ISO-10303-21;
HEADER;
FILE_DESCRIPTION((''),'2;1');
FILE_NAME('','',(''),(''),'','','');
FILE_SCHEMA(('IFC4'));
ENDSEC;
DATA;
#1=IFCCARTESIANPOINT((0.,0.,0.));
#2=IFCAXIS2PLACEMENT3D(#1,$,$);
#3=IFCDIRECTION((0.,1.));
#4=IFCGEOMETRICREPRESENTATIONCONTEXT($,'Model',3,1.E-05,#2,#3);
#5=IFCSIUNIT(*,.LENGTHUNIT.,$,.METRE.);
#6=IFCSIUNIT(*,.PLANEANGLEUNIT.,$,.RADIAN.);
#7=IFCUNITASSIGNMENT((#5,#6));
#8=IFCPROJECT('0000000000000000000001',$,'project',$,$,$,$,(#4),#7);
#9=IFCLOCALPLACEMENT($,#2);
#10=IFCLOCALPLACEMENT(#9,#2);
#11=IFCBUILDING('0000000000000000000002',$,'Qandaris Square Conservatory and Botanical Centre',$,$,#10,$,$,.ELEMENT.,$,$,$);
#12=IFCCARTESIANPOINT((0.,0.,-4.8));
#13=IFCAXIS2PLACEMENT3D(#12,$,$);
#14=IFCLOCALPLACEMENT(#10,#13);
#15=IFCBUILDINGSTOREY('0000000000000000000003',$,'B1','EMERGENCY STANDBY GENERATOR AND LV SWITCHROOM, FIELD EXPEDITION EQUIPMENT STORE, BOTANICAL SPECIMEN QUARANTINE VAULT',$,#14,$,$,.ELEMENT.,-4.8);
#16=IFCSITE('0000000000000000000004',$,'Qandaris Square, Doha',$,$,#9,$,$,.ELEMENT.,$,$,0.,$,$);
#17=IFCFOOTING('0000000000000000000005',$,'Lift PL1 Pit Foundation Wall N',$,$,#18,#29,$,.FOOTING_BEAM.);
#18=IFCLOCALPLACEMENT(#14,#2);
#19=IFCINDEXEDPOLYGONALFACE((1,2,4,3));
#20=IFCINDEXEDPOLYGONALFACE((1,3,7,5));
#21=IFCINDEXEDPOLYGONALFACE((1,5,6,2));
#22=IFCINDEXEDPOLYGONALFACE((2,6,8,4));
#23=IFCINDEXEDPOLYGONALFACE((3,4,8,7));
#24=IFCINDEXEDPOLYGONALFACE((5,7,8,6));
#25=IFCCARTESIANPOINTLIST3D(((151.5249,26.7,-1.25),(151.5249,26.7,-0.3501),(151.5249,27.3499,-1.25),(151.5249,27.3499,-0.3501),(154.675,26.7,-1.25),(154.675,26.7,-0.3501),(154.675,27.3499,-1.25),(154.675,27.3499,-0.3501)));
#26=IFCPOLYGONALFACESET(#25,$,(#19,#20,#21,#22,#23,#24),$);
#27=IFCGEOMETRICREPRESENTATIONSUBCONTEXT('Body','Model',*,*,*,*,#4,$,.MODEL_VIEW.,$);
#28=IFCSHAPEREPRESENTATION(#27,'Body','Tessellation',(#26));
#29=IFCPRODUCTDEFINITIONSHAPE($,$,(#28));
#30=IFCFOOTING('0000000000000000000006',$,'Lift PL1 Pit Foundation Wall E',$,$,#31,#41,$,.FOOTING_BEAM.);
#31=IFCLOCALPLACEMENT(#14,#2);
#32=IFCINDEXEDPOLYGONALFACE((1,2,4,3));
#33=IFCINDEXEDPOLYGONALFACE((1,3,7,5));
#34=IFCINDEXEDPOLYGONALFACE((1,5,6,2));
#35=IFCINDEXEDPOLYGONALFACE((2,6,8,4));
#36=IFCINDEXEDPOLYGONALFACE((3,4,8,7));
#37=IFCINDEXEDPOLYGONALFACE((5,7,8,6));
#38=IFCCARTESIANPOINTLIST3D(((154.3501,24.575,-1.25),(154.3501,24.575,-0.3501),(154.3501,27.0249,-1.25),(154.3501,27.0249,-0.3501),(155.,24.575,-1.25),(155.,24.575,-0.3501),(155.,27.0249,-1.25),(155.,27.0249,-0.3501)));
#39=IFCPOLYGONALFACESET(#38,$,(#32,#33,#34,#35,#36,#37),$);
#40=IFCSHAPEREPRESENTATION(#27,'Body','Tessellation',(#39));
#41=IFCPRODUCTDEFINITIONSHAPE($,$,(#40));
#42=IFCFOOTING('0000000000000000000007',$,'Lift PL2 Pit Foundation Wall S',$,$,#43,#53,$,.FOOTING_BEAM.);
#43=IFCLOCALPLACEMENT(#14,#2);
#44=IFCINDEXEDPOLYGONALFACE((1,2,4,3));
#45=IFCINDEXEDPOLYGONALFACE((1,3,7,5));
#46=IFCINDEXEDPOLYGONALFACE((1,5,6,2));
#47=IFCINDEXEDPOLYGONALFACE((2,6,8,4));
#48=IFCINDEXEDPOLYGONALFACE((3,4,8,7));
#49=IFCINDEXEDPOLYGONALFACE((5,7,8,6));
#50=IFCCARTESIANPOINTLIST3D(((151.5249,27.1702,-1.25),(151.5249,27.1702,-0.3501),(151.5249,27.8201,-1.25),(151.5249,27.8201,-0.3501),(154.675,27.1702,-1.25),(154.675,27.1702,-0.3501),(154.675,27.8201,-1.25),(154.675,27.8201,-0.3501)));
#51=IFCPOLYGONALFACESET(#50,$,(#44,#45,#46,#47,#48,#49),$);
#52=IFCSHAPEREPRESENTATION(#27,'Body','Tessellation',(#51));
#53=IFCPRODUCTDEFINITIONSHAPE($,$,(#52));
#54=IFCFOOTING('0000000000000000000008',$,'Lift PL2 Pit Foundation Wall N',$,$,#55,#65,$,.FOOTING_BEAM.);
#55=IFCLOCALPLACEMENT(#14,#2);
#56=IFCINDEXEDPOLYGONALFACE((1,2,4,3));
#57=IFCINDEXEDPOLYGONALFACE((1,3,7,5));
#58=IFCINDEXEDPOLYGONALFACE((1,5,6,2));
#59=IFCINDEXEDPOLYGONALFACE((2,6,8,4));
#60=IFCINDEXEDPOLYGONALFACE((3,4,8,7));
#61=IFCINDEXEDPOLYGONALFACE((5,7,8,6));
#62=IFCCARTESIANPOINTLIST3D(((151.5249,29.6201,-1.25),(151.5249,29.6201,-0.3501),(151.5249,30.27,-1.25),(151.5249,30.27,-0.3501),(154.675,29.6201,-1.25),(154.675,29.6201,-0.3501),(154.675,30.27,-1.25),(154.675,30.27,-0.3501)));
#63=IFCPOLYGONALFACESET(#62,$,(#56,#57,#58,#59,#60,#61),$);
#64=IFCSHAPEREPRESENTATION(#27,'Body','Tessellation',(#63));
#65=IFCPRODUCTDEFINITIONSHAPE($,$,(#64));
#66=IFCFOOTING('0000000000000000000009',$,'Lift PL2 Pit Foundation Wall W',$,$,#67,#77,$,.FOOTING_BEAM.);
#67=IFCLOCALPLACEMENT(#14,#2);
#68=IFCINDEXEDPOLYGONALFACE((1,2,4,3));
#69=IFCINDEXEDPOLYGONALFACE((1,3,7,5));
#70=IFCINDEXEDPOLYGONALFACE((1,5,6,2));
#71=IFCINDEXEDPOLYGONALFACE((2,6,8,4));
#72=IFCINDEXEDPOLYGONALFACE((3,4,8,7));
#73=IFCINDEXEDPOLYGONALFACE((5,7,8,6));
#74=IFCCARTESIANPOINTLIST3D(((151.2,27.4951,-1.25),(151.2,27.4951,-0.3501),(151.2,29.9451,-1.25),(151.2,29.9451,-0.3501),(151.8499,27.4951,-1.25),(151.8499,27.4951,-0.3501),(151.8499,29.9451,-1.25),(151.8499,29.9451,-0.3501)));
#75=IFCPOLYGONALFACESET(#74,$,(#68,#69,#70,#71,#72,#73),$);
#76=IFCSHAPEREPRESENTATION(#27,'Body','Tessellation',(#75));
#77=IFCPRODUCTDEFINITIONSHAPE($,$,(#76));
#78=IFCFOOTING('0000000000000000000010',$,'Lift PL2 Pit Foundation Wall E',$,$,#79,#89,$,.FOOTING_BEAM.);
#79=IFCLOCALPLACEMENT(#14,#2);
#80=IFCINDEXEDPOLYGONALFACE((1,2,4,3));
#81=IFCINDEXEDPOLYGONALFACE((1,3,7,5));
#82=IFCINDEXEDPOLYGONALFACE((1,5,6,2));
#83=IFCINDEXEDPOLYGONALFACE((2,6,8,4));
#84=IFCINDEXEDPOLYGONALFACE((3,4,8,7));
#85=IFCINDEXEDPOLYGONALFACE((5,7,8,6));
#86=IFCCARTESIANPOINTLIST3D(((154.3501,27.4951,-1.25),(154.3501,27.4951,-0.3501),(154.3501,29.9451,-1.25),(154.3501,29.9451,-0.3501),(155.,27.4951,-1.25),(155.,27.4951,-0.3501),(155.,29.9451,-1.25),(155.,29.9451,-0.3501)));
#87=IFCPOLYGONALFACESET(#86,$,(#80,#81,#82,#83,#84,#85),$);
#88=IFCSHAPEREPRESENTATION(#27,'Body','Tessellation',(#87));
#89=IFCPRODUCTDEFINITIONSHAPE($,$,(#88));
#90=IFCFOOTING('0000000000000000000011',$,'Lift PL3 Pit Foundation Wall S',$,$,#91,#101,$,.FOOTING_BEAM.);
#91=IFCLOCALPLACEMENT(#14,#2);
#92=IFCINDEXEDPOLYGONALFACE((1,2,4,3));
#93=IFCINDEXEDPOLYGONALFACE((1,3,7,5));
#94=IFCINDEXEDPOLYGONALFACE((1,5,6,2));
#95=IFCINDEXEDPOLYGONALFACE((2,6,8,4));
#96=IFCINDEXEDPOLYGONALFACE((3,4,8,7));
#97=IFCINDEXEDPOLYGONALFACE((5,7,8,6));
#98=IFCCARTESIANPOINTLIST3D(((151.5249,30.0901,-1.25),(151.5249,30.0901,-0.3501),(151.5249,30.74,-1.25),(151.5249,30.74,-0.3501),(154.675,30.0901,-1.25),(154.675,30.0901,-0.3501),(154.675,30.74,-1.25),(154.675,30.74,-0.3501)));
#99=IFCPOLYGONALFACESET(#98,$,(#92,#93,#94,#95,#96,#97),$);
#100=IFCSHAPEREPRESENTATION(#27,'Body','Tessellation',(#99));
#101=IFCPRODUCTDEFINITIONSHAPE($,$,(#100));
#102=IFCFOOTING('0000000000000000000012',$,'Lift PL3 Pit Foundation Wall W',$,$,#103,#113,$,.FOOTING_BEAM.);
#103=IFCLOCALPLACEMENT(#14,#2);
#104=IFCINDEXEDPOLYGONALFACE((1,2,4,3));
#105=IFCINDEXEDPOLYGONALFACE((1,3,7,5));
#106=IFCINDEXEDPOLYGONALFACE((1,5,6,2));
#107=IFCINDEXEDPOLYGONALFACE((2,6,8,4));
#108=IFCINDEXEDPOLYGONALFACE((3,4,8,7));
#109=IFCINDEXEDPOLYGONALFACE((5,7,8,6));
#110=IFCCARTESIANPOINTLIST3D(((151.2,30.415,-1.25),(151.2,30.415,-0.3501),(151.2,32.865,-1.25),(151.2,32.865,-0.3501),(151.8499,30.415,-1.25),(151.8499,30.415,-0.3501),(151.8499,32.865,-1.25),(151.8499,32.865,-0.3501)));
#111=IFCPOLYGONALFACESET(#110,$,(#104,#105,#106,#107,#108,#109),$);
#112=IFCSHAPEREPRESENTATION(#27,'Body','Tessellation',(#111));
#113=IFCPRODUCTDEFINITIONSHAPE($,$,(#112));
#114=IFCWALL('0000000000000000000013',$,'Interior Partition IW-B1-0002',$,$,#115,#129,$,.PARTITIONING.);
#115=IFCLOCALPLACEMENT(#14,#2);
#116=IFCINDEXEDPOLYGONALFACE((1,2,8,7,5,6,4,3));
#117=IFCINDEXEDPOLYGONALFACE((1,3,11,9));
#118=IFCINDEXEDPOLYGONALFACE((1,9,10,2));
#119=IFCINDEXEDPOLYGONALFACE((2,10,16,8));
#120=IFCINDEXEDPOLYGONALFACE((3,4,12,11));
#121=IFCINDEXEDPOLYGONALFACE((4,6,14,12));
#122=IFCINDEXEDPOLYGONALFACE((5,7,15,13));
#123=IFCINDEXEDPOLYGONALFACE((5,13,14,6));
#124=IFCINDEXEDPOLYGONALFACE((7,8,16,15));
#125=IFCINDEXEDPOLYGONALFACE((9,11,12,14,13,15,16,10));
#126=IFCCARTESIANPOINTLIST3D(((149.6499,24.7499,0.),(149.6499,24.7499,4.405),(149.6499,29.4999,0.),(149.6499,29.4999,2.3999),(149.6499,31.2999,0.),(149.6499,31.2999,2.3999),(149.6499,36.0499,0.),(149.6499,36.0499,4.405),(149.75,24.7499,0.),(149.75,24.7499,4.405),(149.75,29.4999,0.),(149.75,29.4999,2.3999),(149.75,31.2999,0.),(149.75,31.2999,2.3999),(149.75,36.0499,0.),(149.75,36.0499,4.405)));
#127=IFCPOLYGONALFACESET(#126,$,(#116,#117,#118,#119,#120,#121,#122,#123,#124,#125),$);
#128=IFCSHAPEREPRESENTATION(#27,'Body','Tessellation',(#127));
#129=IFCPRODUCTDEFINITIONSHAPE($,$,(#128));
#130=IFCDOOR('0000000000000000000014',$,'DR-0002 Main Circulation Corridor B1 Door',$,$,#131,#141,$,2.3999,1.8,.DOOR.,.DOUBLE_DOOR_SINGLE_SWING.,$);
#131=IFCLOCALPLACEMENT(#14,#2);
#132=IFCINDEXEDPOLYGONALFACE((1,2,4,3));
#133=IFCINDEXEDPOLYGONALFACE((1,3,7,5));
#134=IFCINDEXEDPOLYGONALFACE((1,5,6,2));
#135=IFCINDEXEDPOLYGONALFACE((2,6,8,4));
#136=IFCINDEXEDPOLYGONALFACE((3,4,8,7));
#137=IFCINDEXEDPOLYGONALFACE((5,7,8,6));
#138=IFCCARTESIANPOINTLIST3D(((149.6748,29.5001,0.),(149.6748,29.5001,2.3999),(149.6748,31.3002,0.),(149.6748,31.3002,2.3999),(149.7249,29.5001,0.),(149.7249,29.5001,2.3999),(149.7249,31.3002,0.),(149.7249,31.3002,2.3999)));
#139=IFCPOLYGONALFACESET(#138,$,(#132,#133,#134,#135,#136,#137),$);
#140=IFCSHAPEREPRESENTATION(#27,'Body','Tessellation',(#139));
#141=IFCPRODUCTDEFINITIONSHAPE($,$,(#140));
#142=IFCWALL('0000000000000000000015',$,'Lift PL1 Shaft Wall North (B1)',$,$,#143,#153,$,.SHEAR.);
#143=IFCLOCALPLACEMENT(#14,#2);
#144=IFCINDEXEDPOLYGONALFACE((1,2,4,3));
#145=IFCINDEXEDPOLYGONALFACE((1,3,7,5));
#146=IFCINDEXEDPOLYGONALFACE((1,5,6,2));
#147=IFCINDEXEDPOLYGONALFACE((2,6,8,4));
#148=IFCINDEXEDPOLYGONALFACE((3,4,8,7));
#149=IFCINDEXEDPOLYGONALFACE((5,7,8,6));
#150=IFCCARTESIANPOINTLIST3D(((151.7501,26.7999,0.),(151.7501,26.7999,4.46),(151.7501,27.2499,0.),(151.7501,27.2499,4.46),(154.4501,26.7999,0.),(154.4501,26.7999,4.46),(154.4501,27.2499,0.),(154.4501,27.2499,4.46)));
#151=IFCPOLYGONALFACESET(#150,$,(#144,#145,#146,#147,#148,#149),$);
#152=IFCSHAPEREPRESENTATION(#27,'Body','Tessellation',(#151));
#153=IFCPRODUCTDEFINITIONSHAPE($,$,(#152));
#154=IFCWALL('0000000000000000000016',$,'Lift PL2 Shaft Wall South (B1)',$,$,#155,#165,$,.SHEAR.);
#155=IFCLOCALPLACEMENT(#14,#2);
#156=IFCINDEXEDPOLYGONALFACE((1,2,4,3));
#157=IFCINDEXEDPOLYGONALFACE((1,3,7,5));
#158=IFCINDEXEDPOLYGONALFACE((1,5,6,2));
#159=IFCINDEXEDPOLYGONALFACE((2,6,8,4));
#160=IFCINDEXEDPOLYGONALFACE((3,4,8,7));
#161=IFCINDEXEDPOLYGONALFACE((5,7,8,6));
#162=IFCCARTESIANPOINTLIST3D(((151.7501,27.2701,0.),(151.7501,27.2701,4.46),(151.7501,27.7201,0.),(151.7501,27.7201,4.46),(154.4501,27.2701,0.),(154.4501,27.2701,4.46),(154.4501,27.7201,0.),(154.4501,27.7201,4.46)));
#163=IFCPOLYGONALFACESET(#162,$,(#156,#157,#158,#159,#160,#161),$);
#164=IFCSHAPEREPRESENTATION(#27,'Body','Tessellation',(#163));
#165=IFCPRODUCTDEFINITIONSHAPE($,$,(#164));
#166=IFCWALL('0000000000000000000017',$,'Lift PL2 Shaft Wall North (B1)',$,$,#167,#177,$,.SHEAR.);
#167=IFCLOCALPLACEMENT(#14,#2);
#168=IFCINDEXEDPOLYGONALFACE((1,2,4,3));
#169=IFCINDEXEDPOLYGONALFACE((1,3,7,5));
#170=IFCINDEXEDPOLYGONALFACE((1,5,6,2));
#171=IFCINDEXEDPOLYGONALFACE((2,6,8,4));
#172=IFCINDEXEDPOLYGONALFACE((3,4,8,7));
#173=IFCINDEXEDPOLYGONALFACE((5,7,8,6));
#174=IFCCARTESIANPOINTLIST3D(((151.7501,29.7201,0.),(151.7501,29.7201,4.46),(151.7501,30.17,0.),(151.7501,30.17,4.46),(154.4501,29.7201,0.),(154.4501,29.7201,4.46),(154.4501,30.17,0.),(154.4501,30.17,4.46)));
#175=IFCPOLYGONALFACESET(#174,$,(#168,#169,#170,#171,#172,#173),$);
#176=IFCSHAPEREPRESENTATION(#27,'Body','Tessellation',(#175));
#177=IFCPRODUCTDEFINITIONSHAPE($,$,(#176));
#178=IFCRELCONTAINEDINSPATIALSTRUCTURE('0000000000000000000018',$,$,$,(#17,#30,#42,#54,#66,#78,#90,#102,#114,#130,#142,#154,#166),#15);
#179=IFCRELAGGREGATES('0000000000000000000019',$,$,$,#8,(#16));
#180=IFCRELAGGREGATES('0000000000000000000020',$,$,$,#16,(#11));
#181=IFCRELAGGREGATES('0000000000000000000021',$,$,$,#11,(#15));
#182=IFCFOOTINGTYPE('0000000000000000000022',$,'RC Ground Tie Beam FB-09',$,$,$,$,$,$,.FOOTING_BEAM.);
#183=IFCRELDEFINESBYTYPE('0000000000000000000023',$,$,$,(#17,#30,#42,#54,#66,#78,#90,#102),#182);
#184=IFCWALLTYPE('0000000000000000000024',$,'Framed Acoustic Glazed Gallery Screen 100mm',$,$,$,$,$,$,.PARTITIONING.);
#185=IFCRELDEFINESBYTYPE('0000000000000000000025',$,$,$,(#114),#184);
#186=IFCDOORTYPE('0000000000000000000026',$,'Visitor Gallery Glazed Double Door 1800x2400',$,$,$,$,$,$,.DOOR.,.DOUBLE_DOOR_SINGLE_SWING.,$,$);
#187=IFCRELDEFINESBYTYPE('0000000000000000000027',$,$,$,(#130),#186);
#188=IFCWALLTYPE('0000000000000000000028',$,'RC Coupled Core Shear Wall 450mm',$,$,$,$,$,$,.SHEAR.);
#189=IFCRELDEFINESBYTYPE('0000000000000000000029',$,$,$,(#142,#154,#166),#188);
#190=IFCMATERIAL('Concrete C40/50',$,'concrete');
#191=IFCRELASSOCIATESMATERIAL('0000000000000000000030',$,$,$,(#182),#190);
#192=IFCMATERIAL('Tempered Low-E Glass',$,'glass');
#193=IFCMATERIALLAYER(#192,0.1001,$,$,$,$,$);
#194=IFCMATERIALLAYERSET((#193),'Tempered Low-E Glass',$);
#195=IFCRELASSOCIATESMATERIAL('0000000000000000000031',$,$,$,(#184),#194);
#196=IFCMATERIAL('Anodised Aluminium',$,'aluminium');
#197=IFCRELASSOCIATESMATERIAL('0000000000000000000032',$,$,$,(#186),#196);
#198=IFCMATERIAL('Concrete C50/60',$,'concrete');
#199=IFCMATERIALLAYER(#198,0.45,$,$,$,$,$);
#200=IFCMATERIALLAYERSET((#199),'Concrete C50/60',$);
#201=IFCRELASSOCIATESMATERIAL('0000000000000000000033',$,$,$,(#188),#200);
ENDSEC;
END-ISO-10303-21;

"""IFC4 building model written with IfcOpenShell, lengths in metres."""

from ifc_helpers import new_model, si_unit, direction, frame, frame_2d, origin, origin_2d, place, context, subcontext, project, spatial, rectangle, extrude, material, layer, layer_set, material_profile, profile_set, type_object, element, fill, save


model = new_model("IFC4")

# Units and contexts
model_context = context("Model", 3, precision=1e-05, world=origin(), true_north=direction((0.0, 1.0)))
body_context = subcontext(model_context, "Body", "Model", "MODEL_VIEW")
ifc_project = project(units=[si_unit("LENGTHUNIT", "METRE"), si_unit("PLANEANGLEUNIT", "RADIAN")], contexts=[model_context])

# Site, building, storey
site_placement = place(None, origin())
site = spatial("IfcSite", under=ifc_project, at=site_placement, Name="Qandaris Square, Doha", CompositionType="ELEMENT", RefElevation=0.0)
building_placement = place(site_placement, origin())
building = spatial("IfcBuilding", under=site, at=building_placement, Name="Qandaris Square Conservatory and Botanical Centre", CompositionType="ELEMENT")
storey_placement = place(building_placement, frame((0.0, 0.0, -4.8)))
storey = spatial("IfcBuildingStorey", under=building, at=storey_placement, Name="B1", Description="EMERGENCY STANDBY GENERATOR AND LV SWITCHROOM, FIELD EXPEDITION EQUIPMENT STORE, BOTANICAL SPECIMEN QUARANTINE VAULT", CompositionType="ELEMENT", Elevation=-4.8)

# Shared definitions
ifc_material_1 = material(Name="Concrete C50/60", Category="concrete")

# Footings
ifc_material_2 = material(Name="Concrete C40/50", Category="concrete")
ifc_material_profile_1 = material_profile(ifc_material_2, rectangle(XDim=0.6499, YDim=0.8999, at=origin_2d()), Name="FB 650x900")
ifc_profile_set_1 = profile_set([ifc_material_profile_1], Name="Concrete C40/50")
footing_type = type_object("IfcFootingType", Name="RC Ground Tie Beam FB-09", PredefinedType="FOOTING_BEAM", material=ifc_profile_set_1)
footing_1_placement = place(storey_placement, frame((151.5249, 27.0249, -0.8), z_axis=(1.0, 0.0, 0.0), x_axis=(0.0, 1.0, 0.0)))
element("IfcFooting", 1, at=footing_1_placement, inside=storey, type_object=footing_type, Name="Lift PL1 Pit Foundation Wall N", PredefinedType="FOOTING_BEAM", context=body_context, shape_type="SweptSolid", body=[
    extrude(rectangle(XDim=0.6499, YDim=0.8999, at=origin_2d()), origin(), (0.0, 0.0, 1.0), 3.1501),
])
footing_2_placement = place(storey_placement, frame((154.675, 24.575, -0.8), z_axis=(0.0, 1.0, 0.0), x_axis=(-1.0, 0.0, 0.0)))
element("IfcFooting", 2, at=footing_2_placement, inside=storey, type_object=footing_type, Name="Lift PL1 Pit Foundation Wall E", PredefinedType="FOOTING_BEAM", context=body_context, shape_type="SweptSolid", body=[
    extrude(rectangle(XDim=0.6499, YDim=0.8999, at=origin_2d()), origin(), (0.0, 0.0, 1.0), 2.45),
])
for number, where, z_axis, x_axis, name in (
    (3, (151.5249, 27.4951, -0.8), (1.0, 0.0, 0.0), (0.0, 1.0, 0.0), "Lift PL2 Pit Foundation Wall S"),
    (4, (151.5249, 29.9451, -0.8), (1.0, 0.0, 0.0), (0.0, 1.0, 0.0), "Lift PL2 Pit Foundation Wall N"),
):
    element("IfcFooting", number, at=place(storey_placement, frame(where, z_axis=z_axis, x_axis=x_axis)), inside=storey, type_object=footing_type, Name=name, PredefinedType="FOOTING_BEAM", context=body_context, shape_type="SweptSolid", body=[
        extrude(rectangle(XDim=0.6499, YDim=0.8999, at=origin_2d()), origin(), (0.0, 0.0, 1.0), 3.1501),
    ])
for number, where, z_axis, x_axis, name in (
    (5, (151.5249, 27.4951, -0.8), (0.0, 1.0, 0.0), (-1.0, 0.0, 0.0), "Lift PL2 Pit Foundation Wall W"),
    (6, (154.675, 27.4951, -0.8), (0.0, 1.0, 0.0), (-1.0, 0.0, 0.0), "Lift PL2 Pit Foundation Wall E"),
):
    element("IfcFooting", number, at=place(storey_placement, frame(where, z_axis=z_axis, x_axis=x_axis)), inside=storey, type_object=footing_type, Name=name, PredefinedType="FOOTING_BEAM", context=body_context, shape_type="SweptSolid", body=[
        extrude(rectangle(XDim=0.6499, YDim=0.8999, at=origin_2d()), origin(), (0.0, 0.0, 1.0), 2.45),
    ])
footing_3_placement = place(storey_placement, frame((151.5249, 30.415, -0.8), z_axis=(1.0, 0.0, 0.0), x_axis=(0.0, 1.0, 0.0)))
element("IfcFooting", 7, at=footing_3_placement, inside=storey, type_object=footing_type, Name="Lift PL3 Pit Foundation Wall S", PredefinedType="FOOTING_BEAM", context=body_context, shape_type="SweptSolid", body=[
    extrude(rectangle(XDim=0.6499, YDim=0.8999, at=origin_2d()), origin(), (0.0, 0.0, 1.0), 3.1501),
])
footing_4_placement = place(storey_placement, frame((151.5249, 30.415, -0.8), z_axis=(0.0, 1.0, 0.0), x_axis=(-1.0, 0.0, 0.0)))
element("IfcFooting", 8, at=footing_4_placement, inside=storey, type_object=footing_type, Name="Lift PL3 Pit Foundation Wall W", PredefinedType="FOOTING_BEAM", context=body_context, shape_type="SweptSolid", body=[
    extrude(rectangle(XDim=0.6499, YDim=0.8999, at=origin_2d()), origin(), (0.0, 0.0, 1.0), 2.45),
])

# Wall, opening, door
ifc_material_3 = material(Name="Tempered Low-E Glass", Category="glass")
ifc_layer_1 = layer(ifc_material_3, 0.1001)
ifc_layer_set_1 = layer_set([ifc_layer_1], Name="Tempered Low-E Glass")
wall_type_1 = type_object("IfcWallType", Name="Framed Acoustic Glazed Gallery Screen 100mm", PredefinedType="PARTITIONING", material=ifc_layer_set_1)
wall_1_placement = place(storey_placement, frame((149.7, 24.75, 0.0), z_axis=(0.0, 0.0, 1.0), x_axis=(0.0, 1.0, 0.0)))
wall_1 = element("IfcWall", 9, at=wall_1_placement, inside=storey, type_object=wall_type_1, Name="Interior Partition IW-B1-0002", PredefinedType="PARTITIONING", context=body_context, shape_type="SweptSolid", body=[
    extrude(rectangle(XDim=11.3, YDim=0.1001, at=frame_2d((5.6499, 0.0))), origin(), (0.0, 0.0, 1.0), 4.405),
])
opening_1_placement = place(wall_1_placement, frame((4.75, 0.0, 0.0)))
opening_1 = element("IfcOpeningElement", 10, at=opening_1_placement, cuts=wall_1, PredefinedType="OPENING", context=body_context, shape_type="SweptSolid", body=[
    extrude(rectangle(XDim=1.8, YDim=2.3999, at=frame_2d((0.8999, 1.2))), frame((0.0, 0.062, 0.0), z_axis=(0.0, -1.0, 0.0), x_axis=(1.0, 0.0, 0.0)), (0.0, 0.0, 1.0), 0.124),
])
ifc_material_4 = material(Name="Anodised Aluminium", Category="aluminium")
door_type_1 = type_object("IfcDoorType", Name="Visitor Gallery Glazed Double Door 1800x2400", OperationType="DOUBLE_DOOR_SINGLE_SWING", PredefinedType="DOOR", material=ifc_material_4)
door_1_placement = place(opening_1_placement, frame((1.8, 0.0, 0.0), z_axis=(0.0, 0.0, 1.0), x_axis=(-1.0, 0.0, 0.0)))
door_1 = element("IfcDoor", 11, at=door_1_placement, inside=storey, type_object=door_type_1, Name="DR-0002 Main Circulation Corridor B1 Door", OperationType="DOUBLE_DOOR_SINGLE_SWING", OverallHeight=2.3999, OverallWidth=1.8, PredefinedType="DOOR", context=body_context, shape_type="SweptSolid", body=[
    extrude(rectangle(XDim=1.8, YDim=2.3999, at=frame_2d((0.8999, 1.2))), frame((0.0, 0.0249, 0.0), z_axis=(0.0, -1.0, 0.0), x_axis=(1.0, 0.0, 0.0)), (0.0, 0.0, 1.0), 0.05),
])
fill(opening_1, door_1)

# Walls
ifc_layer_2 = layer(ifc_material_1, 0.45)
ifc_layer_set_2 = layer_set([ifc_layer_2], Name="Concrete C50/60")
wall_type_2 = type_object("IfcWallType", Name="RC Coupled Core Shear Wall 450mm", PredefinedType="SHEAR", material=ifc_layer_set_2)
for number, where, z_axis, x_axis, name in (
    (12, (151.75, 27.0249, 0.0), (0.0, 0.0, 1.0), (1.0, 0.0, 0.0), "Lift PL1 Shaft Wall North (B1)"),
    (13, (151.75, 27.4951, 0.0), (0.0, 0.0, 1.0), (1.0, 0.0, 0.0), "Lift PL2 Shaft Wall South (B1)"),
    (14, (151.75, 29.9451, 0.0), (0.0, 0.0, 1.0), (1.0, 0.0, 0.0), "Lift PL2 Shaft Wall North (B1)"),
):
    element("IfcWall", number, at=place(storey_placement, frame(where, z_axis=z_axis, x_axis=x_axis)), inside=storey, type_object=wall_type_2, Name=name, PredefinedType="SHEAR", context=body_context, shape_type="SweptSolid", body=[
        extrude(rectangle(XDim=2.7, YDim=0.45, at=frame_2d((1.3501, 0.0))), origin(), (0.0, 0.0, 1.0), 4.46),
    ])

save(model, "model.ifc")
